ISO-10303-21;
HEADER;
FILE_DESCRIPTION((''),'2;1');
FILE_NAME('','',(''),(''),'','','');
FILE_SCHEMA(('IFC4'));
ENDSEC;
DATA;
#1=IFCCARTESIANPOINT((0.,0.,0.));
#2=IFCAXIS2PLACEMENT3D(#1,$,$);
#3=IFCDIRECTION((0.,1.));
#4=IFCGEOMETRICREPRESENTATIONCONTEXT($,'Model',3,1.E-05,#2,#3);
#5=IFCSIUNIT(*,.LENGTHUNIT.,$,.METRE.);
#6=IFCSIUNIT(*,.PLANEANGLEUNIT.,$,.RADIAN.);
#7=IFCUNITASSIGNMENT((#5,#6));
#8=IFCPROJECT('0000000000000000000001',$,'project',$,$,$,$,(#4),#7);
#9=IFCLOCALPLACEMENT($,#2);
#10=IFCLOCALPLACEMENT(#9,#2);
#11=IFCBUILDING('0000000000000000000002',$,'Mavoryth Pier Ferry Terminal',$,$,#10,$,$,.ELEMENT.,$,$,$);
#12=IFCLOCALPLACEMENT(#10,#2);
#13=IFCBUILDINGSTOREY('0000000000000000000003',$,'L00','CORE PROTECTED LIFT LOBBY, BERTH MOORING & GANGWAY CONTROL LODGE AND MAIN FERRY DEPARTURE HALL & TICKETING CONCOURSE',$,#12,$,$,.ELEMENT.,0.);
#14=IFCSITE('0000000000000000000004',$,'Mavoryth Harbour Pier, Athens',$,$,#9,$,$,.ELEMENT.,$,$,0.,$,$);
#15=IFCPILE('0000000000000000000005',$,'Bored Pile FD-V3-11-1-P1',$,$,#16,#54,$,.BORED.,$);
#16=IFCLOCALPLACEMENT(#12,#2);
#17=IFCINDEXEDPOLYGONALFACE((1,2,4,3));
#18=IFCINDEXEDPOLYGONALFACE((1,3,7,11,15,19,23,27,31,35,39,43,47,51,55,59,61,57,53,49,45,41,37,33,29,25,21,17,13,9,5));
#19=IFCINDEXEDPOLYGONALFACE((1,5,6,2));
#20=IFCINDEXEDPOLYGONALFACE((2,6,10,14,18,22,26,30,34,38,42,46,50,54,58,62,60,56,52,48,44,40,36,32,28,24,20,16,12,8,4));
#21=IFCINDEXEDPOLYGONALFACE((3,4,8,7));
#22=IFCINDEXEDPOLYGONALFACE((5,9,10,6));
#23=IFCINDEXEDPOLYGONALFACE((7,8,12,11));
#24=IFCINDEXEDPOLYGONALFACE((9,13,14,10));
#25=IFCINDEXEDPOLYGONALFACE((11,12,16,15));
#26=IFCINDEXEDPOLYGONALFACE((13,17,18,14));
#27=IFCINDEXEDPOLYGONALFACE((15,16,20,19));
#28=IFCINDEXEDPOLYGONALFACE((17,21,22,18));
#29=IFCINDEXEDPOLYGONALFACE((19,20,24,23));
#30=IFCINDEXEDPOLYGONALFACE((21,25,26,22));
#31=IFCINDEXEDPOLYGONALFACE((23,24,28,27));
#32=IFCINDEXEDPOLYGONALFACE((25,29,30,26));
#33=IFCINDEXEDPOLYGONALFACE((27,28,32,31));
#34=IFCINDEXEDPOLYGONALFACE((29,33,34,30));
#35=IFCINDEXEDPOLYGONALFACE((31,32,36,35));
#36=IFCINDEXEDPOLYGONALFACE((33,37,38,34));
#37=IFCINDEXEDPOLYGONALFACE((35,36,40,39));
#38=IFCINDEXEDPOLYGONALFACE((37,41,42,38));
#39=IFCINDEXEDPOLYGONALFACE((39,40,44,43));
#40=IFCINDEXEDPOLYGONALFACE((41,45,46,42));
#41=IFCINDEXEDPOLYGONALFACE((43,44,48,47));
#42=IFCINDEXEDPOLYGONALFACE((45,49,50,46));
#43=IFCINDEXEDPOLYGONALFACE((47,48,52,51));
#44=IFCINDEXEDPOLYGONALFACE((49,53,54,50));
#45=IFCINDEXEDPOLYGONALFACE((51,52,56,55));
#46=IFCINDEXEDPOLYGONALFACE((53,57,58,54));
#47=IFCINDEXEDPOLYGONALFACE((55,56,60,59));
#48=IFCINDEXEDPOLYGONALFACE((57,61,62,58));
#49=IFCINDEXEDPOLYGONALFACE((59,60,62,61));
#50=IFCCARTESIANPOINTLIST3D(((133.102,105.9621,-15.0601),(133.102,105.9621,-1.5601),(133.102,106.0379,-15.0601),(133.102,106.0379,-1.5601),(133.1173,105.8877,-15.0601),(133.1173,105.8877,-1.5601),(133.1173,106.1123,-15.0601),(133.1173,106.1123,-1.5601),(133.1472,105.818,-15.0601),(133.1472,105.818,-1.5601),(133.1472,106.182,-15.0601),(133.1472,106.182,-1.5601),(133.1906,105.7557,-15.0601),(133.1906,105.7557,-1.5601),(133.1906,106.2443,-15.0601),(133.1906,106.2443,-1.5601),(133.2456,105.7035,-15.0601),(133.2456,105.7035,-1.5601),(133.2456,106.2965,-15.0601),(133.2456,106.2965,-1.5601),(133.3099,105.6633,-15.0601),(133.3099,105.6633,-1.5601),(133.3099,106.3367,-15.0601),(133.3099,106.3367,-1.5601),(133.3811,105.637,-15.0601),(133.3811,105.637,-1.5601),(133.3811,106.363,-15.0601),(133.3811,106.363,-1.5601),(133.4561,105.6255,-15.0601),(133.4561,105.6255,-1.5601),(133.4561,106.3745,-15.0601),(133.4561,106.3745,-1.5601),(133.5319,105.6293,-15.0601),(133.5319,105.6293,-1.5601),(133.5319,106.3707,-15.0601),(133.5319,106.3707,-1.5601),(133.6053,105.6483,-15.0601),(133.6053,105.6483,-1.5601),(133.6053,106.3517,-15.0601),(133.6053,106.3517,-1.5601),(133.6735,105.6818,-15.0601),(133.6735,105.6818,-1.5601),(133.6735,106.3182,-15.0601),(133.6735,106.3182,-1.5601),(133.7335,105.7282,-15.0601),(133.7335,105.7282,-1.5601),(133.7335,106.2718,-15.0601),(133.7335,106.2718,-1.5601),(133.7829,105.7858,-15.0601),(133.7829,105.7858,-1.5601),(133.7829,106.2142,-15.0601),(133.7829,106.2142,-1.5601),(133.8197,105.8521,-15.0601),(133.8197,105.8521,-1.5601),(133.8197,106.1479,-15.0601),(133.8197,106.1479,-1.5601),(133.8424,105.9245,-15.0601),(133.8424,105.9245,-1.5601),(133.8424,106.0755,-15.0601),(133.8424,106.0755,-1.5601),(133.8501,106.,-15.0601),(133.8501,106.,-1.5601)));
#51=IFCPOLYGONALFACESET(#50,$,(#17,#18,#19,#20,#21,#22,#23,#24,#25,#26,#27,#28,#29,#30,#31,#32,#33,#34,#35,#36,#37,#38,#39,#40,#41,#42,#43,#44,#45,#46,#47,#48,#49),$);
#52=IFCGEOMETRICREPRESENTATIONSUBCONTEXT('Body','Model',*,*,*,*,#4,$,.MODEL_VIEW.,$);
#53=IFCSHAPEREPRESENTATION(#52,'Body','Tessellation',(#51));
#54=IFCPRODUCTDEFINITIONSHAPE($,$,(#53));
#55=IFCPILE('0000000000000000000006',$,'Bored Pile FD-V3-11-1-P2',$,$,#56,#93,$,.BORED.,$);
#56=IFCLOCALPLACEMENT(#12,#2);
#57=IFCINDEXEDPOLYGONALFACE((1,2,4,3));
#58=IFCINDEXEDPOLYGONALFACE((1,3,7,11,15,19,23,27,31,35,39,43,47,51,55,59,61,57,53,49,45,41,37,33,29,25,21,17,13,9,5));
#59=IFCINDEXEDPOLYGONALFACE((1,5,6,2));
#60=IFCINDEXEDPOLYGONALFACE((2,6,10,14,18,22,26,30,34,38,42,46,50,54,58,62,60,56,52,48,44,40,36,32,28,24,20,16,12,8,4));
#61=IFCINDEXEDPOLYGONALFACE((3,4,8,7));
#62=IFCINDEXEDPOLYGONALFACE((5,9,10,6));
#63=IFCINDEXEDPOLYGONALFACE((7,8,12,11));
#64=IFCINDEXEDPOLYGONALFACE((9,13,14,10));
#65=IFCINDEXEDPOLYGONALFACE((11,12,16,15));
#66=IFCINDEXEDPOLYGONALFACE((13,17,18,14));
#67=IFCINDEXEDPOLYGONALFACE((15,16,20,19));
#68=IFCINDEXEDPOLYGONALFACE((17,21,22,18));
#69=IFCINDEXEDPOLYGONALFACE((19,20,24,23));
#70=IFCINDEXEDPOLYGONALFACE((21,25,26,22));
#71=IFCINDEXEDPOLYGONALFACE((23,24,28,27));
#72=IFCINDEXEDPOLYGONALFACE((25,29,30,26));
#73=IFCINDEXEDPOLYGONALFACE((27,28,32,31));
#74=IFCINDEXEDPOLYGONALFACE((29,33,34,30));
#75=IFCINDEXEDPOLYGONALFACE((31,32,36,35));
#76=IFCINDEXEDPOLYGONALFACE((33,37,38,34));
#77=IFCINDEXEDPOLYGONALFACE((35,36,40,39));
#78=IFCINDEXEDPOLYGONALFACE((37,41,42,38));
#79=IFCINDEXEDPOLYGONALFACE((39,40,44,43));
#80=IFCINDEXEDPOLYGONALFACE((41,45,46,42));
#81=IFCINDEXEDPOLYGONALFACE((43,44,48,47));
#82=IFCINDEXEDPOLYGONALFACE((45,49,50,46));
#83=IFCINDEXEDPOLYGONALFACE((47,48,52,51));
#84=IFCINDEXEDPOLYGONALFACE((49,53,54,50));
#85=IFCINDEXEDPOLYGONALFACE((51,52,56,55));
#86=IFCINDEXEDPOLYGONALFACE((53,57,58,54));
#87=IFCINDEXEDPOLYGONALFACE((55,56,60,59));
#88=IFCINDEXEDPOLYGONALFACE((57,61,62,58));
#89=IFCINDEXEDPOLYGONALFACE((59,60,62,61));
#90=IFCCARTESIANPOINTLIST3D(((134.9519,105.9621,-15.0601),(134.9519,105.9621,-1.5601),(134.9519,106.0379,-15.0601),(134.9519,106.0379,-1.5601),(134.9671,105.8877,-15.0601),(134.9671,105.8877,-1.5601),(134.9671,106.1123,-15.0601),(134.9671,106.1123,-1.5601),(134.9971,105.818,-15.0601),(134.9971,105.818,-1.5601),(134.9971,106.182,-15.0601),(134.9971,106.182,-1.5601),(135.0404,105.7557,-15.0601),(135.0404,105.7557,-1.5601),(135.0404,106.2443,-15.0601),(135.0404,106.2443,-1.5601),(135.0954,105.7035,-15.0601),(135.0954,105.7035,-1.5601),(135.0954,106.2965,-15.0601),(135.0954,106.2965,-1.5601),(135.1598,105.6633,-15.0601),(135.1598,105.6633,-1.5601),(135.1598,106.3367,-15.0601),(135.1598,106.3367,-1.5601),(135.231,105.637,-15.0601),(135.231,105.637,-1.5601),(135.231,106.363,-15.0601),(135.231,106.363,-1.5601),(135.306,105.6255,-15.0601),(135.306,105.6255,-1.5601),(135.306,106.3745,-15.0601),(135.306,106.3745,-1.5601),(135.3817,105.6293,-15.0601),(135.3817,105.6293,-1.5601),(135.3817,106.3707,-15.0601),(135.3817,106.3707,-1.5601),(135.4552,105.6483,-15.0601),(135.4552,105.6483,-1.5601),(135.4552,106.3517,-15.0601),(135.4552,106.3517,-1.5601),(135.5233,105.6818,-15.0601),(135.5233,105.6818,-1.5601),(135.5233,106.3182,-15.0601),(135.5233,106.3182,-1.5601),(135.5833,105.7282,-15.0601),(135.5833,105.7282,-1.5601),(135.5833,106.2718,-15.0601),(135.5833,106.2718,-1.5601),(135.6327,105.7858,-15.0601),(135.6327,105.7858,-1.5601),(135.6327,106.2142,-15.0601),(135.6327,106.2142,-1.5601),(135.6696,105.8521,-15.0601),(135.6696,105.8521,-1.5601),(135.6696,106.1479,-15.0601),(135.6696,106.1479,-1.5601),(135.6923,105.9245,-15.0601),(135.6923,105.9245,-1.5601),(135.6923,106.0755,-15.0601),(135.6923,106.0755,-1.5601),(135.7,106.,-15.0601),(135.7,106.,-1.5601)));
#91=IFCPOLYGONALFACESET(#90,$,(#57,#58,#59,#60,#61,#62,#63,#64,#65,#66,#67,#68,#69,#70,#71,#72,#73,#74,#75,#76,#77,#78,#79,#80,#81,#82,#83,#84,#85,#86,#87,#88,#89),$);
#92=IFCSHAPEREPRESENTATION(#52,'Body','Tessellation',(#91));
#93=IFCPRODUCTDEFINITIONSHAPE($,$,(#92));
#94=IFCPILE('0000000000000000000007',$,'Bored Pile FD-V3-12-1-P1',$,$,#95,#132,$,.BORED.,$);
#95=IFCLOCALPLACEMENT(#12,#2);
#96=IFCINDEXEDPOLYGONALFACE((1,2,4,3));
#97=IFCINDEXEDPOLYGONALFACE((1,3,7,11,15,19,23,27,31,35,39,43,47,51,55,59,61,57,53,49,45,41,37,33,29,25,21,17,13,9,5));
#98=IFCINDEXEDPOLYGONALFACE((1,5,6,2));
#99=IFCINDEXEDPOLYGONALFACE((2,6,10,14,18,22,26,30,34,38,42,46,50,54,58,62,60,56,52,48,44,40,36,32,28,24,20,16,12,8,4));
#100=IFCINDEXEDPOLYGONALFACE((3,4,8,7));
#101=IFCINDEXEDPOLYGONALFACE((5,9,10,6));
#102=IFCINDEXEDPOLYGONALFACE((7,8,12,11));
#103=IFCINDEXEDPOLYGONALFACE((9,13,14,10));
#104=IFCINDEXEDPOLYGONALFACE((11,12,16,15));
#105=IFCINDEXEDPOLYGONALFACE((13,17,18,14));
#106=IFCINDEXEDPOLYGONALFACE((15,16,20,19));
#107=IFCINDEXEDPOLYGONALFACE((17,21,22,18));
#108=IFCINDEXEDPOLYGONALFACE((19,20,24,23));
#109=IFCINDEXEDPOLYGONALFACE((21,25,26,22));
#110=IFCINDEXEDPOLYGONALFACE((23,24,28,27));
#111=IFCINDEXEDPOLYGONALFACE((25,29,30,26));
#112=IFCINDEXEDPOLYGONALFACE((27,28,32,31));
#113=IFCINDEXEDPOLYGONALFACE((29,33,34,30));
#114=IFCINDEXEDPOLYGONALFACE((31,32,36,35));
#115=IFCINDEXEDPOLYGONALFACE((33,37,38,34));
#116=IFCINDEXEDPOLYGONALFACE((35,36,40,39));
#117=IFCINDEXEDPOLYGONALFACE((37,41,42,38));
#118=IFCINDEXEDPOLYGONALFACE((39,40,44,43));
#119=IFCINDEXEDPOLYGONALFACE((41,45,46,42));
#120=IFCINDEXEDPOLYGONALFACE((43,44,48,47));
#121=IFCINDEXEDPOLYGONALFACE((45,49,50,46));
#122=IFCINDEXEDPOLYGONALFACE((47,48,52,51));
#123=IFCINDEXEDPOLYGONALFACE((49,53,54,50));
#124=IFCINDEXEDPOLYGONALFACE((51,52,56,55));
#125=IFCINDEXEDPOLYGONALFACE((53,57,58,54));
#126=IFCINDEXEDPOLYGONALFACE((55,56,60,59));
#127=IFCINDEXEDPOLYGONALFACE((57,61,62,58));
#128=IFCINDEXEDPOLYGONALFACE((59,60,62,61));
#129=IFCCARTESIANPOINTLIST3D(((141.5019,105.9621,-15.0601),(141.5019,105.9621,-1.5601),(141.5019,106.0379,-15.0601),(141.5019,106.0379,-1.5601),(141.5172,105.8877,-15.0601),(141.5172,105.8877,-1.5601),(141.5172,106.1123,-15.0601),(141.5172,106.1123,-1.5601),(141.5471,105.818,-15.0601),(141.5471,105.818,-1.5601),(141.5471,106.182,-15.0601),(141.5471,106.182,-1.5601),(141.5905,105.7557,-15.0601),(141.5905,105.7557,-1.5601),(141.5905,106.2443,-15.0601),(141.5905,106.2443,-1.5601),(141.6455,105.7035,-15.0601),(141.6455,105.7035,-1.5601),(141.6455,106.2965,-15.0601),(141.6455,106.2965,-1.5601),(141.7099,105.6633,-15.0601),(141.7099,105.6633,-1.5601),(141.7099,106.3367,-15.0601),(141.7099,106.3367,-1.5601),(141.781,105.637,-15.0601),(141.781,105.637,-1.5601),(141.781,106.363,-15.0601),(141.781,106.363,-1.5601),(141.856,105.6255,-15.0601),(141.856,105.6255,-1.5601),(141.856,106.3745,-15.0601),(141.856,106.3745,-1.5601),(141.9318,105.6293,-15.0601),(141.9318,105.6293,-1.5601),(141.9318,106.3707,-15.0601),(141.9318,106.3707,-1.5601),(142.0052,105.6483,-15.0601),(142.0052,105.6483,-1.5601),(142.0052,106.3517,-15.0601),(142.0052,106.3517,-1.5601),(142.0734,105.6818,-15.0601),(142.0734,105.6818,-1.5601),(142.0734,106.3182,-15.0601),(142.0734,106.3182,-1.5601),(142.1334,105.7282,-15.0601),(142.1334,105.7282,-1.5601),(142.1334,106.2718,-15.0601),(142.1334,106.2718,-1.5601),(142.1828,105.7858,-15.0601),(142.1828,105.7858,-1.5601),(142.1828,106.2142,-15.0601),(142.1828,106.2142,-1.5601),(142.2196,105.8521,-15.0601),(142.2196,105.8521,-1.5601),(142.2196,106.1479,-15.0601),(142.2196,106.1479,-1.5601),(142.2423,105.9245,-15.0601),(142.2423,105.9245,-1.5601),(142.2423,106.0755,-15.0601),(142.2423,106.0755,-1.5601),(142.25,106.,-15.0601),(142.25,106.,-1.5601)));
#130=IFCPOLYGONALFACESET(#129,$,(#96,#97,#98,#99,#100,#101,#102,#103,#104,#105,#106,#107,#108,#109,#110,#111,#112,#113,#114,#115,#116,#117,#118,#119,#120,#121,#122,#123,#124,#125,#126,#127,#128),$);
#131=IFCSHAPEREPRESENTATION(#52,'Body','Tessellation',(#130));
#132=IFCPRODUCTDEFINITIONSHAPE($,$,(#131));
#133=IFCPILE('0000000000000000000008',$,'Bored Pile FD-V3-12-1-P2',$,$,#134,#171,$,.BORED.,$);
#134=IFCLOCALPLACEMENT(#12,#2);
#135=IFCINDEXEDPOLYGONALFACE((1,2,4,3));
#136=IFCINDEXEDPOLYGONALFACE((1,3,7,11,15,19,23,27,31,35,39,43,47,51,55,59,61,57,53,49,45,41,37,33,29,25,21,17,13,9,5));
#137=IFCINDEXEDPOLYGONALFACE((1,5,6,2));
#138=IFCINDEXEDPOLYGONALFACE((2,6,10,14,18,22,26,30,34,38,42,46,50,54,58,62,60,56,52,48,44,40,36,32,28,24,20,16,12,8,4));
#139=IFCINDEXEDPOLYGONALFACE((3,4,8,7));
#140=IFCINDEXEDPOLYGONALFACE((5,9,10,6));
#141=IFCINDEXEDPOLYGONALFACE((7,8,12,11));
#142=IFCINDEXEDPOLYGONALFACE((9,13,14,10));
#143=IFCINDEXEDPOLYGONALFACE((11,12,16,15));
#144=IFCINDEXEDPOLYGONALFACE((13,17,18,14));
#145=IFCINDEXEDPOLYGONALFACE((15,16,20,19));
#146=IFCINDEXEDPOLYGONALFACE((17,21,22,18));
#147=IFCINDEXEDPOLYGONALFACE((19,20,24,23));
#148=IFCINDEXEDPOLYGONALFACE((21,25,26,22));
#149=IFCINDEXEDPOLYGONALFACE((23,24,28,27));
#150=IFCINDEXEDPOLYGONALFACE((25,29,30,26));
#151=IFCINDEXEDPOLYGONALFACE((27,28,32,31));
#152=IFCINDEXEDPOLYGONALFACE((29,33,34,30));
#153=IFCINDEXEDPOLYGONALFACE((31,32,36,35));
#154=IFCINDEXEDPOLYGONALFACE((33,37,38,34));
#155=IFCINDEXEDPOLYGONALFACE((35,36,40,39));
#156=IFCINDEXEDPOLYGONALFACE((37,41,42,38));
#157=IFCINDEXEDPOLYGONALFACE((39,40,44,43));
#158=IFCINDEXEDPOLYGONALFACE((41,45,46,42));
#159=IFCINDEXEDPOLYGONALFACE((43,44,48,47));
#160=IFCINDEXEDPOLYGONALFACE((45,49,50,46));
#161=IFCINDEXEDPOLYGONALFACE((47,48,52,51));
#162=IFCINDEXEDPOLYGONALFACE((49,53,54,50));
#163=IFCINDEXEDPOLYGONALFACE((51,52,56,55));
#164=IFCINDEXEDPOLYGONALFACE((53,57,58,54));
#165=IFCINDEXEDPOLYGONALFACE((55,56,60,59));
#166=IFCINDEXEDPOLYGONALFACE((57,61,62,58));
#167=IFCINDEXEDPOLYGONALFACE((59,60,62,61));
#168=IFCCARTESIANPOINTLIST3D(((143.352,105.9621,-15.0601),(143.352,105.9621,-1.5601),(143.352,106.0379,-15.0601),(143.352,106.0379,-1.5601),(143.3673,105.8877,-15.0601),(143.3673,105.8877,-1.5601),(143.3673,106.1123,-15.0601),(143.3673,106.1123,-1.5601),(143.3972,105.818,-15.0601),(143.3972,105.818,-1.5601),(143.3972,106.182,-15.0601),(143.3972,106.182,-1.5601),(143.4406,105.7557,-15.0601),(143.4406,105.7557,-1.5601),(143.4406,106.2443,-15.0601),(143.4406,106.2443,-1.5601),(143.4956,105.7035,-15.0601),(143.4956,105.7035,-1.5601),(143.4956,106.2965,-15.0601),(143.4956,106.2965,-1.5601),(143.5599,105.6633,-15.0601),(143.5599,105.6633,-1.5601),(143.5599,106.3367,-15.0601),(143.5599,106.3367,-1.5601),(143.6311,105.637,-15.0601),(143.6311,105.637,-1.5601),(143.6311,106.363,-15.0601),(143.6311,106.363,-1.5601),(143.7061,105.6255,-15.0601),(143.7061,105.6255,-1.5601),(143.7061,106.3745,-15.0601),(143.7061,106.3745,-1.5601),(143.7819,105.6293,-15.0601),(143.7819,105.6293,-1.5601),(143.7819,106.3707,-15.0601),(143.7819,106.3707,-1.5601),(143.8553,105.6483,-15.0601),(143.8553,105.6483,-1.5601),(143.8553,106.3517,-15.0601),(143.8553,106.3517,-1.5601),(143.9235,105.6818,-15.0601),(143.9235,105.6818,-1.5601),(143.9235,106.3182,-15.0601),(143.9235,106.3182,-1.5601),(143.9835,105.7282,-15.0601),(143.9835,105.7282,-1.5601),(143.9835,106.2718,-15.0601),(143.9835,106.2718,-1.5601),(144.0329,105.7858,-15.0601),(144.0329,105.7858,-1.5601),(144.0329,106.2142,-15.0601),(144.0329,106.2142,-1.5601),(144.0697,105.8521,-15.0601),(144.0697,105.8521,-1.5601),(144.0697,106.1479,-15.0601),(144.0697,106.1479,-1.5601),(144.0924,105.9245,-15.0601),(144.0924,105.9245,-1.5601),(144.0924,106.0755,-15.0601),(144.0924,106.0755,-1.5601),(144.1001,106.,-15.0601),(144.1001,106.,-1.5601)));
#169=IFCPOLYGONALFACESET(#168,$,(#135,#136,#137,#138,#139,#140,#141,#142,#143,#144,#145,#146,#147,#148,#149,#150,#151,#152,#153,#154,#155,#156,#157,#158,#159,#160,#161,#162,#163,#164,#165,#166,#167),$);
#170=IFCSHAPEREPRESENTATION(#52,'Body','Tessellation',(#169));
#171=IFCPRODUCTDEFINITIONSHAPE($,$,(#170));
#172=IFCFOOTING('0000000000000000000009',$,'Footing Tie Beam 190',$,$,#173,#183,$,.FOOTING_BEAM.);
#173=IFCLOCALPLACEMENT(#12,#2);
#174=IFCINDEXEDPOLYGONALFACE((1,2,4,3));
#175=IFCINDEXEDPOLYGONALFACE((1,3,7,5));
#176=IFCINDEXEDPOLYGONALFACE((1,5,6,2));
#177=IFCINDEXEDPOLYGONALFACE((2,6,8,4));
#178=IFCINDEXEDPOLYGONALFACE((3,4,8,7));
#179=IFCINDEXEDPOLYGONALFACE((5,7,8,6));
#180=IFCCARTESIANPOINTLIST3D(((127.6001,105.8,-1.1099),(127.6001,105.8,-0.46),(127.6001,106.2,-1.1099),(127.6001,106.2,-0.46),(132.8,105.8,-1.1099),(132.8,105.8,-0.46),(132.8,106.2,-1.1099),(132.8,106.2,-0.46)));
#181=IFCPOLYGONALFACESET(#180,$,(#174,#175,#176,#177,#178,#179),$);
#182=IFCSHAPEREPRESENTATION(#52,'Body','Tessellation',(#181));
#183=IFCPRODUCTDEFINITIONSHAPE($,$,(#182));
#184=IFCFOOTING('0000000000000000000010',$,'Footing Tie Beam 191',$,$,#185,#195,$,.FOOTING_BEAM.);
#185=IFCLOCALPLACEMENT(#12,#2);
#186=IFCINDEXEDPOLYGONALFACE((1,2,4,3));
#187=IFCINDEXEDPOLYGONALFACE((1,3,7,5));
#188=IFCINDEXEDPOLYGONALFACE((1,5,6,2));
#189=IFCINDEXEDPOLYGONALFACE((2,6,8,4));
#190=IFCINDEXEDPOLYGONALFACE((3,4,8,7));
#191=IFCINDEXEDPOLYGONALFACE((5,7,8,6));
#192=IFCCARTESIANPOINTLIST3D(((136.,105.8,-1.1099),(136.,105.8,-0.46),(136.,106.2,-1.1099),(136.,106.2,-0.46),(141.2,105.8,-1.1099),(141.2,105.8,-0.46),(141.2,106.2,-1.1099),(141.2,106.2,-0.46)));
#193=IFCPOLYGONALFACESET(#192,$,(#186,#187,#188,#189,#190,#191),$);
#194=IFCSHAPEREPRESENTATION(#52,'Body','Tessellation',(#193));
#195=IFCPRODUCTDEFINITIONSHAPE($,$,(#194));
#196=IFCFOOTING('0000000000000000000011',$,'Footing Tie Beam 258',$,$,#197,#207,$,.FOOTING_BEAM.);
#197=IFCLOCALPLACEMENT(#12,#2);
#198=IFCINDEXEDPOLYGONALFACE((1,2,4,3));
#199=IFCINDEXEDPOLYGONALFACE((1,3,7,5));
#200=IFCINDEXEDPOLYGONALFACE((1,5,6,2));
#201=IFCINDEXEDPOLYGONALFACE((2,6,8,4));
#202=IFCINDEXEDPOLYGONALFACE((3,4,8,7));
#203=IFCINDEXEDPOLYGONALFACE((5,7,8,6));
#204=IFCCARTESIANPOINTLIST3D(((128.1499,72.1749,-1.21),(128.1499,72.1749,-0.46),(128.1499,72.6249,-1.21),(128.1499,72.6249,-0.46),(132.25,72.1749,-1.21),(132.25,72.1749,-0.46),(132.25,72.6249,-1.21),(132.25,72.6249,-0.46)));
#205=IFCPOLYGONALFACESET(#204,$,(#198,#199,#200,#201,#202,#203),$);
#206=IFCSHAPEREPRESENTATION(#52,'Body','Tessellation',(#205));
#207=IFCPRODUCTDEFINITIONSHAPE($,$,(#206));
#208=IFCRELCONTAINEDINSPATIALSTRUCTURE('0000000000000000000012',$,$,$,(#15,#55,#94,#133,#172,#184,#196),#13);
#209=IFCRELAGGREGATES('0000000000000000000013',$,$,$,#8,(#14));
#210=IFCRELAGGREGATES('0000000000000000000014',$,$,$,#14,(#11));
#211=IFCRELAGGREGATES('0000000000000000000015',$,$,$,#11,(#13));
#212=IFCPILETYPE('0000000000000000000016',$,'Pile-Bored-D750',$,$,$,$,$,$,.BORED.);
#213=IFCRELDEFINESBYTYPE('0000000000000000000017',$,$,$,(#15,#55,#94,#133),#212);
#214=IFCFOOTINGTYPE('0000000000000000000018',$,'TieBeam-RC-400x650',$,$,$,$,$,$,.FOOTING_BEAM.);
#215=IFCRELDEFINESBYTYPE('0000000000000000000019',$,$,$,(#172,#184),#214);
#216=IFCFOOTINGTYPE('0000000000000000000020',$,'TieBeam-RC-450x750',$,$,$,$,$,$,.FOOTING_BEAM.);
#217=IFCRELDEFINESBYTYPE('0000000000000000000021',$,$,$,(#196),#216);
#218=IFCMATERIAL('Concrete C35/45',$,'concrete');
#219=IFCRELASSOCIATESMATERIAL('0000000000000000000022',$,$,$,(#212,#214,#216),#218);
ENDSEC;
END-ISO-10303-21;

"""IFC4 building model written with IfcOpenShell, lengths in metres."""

from ifc_helpers import new_model, si_unit, direction, frame, origin, origin_2d, place, context, subcontext, project, spatial, rectangle, circle, extrude, material, material_profile, profile_set, type_object, element, save


model = new_model("IFC4")

# Units and contexts
model_context = context("Model", 3, precision=1e-05, world=origin(), true_north=direction((0.0, 1.0)))
body_context = subcontext(model_context, "Body", "Model", "MODEL_VIEW")
ifc_project = project(units=[si_unit("LENGTHUNIT", "METRE"), si_unit("PLANEANGLEUNIT", "RADIAN")], contexts=[model_context])

# Site, building, storey
site_placement = place(None, origin())
site = spatial("IfcSite", under=ifc_project, at=site_placement, Name="Mavoryth Harbour Pier, Athens", CompositionType="ELEMENT", RefElevation=0.0)
building_placement = place(site_placement, origin())
building = spatial("IfcBuilding", under=site, at=building_placement, Name="Mavoryth Pier Ferry Terminal", CompositionType="ELEMENT")
storey_placement = place(building_placement, origin())
storey = spatial("IfcBuildingStorey", under=building, at=storey_placement, Name="L00", Description="CORE PROTECTED LIFT LOBBY, BERTH MOORING & GANGWAY CONTROL LODGE AND MAIN FERRY DEPARTURE HALL & TICKETING CONCOURSE", CompositionType="ELEMENT", Elevation=0.0)

# Shared definitions
ifc_material_1 = material(Name="Concrete C35/45", Category="concrete")

# Piles
ifc_material_profile_1 = material_profile(ifc_material_1, circle(Radius=0.375, at=origin_2d()), Name="PILE D750", Category="concrete")
ifc_profile_set_1 = profile_set([ifc_material_profile_1], Name="Concrete C35/45 - PILE D750")
pile_type_1 = type_object("IfcPileType", Name="Pile-Bored-D750", PredefinedType="BORED", material=ifc_profile_set_1)
for number, where, z_axis, x_axis, name in (
    (1, (133.4751, 106.0, -1.5601), (0.0, 0.0, -1.0), (1.0, 0.0, 0.0), "Bored Pile FD-V3-11-1-P1"),
    (2, (135.325, 106.0, -1.5601), (0.0, 0.0, -1.0), (1.0, 0.0, 0.0), "Bored Pile FD-V3-11-1-P2"),
    (3, (141.875, 106.0, -1.5601), (0.0, 0.0, -1.0), (1.0, 0.0, 0.0), "Bored Pile FD-V3-12-1-P1"),
    (4, (143.7251, 106.0, -1.5601), (0.0, 0.0, -1.0), (1.0, 0.0, 0.0), "Bored Pile FD-V3-12-1-P2"),
):
    element("IfcPile", number, at=place(storey_placement, frame(where, z_axis=z_axis, x_axis=x_axis)), inside=storey, type_object=pile_type_1, Name=name, PredefinedType="BORED", context=body_context, shape_type="SweptSolid", body=[
        extrude(circle(Radius=0.375, at=origin_2d()), origin(), (0.0, 0.0, 1.0), 13.5),
    ])

# Footings
ifc_material_profile_2 = material_profile(ifc_material_1, rectangle(XDim=0.3999, YDim=0.6499, at=origin_2d()), Name="RC 400x650", Category="concrete")
ifc_profile_set_2 = profile_set([ifc_material_profile_2], Name="Concrete C35/45 - RC 400x650")
footing_type_1 = type_object("IfcFootingType", Name="TieBeam-RC-400x650", PredefinedType="FOOTING_BEAM", material=ifc_profile_set_2)
for number, where, z_axis, x_axis, name in (
    (5, (127.6001, 106.0, -0.7849), (1.0, 0.0, 0.0), (0.0, 1.0, 0.0), "Footing Tie Beam 190"),
    (6, (136.0, 106.0, -0.7849), (1.0, 0.0, 0.0), (0.0, 1.0, 0.0), "Footing Tie Beam 191"),
):
    element("IfcFooting", number, at=place(storey_placement, frame(where, z_axis=z_axis, x_axis=x_axis)), inside=storey, type_object=footing_type_1, Name=name, PredefinedType="FOOTING_BEAM", context=body_context, shape_type="SweptSolid", body=[
        extrude(rectangle(XDim=0.3999, YDim=0.6499, at=origin_2d()), origin(), (0.0, 0.0, 1.0), 5.2),
    ])
ifc_material_profile_3 = material_profile(ifc_material_1, rectangle(XDim=0.45, YDim=0.75, at=origin_2d()), Name="RC 450x750", Category="concrete")
ifc_profile_set_3 = profile_set([ifc_material_profile_3], Name="Concrete C35/45 - RC 450x750")
footing_type_2 = type_object("IfcFootingType", Name="TieBeam-RC-450x750", PredefinedType="FOOTING_BEAM", material=ifc_profile_set_3)
footing_1_placement = place(storey_placement, frame((128.1499, 72.3999, -0.835), z_axis=(1.0, 0.0, 0.0), x_axis=(0.0, 1.0, 0.0)))
element("IfcFooting", 7, at=footing_1_placement, inside=storey, type_object=footing_type_2, Name="Footing Tie Beam 258", PredefinedType="FOOTING_BEAM", context=body_context, shape_type="SweptSolid", body=[
    extrude(rectangle(XDim=0.45, YDim=0.75, at=origin_2d()), origin(), (0.0, 0.0, 1.0), 4.1001),
])

save(model, "model.ifc")
